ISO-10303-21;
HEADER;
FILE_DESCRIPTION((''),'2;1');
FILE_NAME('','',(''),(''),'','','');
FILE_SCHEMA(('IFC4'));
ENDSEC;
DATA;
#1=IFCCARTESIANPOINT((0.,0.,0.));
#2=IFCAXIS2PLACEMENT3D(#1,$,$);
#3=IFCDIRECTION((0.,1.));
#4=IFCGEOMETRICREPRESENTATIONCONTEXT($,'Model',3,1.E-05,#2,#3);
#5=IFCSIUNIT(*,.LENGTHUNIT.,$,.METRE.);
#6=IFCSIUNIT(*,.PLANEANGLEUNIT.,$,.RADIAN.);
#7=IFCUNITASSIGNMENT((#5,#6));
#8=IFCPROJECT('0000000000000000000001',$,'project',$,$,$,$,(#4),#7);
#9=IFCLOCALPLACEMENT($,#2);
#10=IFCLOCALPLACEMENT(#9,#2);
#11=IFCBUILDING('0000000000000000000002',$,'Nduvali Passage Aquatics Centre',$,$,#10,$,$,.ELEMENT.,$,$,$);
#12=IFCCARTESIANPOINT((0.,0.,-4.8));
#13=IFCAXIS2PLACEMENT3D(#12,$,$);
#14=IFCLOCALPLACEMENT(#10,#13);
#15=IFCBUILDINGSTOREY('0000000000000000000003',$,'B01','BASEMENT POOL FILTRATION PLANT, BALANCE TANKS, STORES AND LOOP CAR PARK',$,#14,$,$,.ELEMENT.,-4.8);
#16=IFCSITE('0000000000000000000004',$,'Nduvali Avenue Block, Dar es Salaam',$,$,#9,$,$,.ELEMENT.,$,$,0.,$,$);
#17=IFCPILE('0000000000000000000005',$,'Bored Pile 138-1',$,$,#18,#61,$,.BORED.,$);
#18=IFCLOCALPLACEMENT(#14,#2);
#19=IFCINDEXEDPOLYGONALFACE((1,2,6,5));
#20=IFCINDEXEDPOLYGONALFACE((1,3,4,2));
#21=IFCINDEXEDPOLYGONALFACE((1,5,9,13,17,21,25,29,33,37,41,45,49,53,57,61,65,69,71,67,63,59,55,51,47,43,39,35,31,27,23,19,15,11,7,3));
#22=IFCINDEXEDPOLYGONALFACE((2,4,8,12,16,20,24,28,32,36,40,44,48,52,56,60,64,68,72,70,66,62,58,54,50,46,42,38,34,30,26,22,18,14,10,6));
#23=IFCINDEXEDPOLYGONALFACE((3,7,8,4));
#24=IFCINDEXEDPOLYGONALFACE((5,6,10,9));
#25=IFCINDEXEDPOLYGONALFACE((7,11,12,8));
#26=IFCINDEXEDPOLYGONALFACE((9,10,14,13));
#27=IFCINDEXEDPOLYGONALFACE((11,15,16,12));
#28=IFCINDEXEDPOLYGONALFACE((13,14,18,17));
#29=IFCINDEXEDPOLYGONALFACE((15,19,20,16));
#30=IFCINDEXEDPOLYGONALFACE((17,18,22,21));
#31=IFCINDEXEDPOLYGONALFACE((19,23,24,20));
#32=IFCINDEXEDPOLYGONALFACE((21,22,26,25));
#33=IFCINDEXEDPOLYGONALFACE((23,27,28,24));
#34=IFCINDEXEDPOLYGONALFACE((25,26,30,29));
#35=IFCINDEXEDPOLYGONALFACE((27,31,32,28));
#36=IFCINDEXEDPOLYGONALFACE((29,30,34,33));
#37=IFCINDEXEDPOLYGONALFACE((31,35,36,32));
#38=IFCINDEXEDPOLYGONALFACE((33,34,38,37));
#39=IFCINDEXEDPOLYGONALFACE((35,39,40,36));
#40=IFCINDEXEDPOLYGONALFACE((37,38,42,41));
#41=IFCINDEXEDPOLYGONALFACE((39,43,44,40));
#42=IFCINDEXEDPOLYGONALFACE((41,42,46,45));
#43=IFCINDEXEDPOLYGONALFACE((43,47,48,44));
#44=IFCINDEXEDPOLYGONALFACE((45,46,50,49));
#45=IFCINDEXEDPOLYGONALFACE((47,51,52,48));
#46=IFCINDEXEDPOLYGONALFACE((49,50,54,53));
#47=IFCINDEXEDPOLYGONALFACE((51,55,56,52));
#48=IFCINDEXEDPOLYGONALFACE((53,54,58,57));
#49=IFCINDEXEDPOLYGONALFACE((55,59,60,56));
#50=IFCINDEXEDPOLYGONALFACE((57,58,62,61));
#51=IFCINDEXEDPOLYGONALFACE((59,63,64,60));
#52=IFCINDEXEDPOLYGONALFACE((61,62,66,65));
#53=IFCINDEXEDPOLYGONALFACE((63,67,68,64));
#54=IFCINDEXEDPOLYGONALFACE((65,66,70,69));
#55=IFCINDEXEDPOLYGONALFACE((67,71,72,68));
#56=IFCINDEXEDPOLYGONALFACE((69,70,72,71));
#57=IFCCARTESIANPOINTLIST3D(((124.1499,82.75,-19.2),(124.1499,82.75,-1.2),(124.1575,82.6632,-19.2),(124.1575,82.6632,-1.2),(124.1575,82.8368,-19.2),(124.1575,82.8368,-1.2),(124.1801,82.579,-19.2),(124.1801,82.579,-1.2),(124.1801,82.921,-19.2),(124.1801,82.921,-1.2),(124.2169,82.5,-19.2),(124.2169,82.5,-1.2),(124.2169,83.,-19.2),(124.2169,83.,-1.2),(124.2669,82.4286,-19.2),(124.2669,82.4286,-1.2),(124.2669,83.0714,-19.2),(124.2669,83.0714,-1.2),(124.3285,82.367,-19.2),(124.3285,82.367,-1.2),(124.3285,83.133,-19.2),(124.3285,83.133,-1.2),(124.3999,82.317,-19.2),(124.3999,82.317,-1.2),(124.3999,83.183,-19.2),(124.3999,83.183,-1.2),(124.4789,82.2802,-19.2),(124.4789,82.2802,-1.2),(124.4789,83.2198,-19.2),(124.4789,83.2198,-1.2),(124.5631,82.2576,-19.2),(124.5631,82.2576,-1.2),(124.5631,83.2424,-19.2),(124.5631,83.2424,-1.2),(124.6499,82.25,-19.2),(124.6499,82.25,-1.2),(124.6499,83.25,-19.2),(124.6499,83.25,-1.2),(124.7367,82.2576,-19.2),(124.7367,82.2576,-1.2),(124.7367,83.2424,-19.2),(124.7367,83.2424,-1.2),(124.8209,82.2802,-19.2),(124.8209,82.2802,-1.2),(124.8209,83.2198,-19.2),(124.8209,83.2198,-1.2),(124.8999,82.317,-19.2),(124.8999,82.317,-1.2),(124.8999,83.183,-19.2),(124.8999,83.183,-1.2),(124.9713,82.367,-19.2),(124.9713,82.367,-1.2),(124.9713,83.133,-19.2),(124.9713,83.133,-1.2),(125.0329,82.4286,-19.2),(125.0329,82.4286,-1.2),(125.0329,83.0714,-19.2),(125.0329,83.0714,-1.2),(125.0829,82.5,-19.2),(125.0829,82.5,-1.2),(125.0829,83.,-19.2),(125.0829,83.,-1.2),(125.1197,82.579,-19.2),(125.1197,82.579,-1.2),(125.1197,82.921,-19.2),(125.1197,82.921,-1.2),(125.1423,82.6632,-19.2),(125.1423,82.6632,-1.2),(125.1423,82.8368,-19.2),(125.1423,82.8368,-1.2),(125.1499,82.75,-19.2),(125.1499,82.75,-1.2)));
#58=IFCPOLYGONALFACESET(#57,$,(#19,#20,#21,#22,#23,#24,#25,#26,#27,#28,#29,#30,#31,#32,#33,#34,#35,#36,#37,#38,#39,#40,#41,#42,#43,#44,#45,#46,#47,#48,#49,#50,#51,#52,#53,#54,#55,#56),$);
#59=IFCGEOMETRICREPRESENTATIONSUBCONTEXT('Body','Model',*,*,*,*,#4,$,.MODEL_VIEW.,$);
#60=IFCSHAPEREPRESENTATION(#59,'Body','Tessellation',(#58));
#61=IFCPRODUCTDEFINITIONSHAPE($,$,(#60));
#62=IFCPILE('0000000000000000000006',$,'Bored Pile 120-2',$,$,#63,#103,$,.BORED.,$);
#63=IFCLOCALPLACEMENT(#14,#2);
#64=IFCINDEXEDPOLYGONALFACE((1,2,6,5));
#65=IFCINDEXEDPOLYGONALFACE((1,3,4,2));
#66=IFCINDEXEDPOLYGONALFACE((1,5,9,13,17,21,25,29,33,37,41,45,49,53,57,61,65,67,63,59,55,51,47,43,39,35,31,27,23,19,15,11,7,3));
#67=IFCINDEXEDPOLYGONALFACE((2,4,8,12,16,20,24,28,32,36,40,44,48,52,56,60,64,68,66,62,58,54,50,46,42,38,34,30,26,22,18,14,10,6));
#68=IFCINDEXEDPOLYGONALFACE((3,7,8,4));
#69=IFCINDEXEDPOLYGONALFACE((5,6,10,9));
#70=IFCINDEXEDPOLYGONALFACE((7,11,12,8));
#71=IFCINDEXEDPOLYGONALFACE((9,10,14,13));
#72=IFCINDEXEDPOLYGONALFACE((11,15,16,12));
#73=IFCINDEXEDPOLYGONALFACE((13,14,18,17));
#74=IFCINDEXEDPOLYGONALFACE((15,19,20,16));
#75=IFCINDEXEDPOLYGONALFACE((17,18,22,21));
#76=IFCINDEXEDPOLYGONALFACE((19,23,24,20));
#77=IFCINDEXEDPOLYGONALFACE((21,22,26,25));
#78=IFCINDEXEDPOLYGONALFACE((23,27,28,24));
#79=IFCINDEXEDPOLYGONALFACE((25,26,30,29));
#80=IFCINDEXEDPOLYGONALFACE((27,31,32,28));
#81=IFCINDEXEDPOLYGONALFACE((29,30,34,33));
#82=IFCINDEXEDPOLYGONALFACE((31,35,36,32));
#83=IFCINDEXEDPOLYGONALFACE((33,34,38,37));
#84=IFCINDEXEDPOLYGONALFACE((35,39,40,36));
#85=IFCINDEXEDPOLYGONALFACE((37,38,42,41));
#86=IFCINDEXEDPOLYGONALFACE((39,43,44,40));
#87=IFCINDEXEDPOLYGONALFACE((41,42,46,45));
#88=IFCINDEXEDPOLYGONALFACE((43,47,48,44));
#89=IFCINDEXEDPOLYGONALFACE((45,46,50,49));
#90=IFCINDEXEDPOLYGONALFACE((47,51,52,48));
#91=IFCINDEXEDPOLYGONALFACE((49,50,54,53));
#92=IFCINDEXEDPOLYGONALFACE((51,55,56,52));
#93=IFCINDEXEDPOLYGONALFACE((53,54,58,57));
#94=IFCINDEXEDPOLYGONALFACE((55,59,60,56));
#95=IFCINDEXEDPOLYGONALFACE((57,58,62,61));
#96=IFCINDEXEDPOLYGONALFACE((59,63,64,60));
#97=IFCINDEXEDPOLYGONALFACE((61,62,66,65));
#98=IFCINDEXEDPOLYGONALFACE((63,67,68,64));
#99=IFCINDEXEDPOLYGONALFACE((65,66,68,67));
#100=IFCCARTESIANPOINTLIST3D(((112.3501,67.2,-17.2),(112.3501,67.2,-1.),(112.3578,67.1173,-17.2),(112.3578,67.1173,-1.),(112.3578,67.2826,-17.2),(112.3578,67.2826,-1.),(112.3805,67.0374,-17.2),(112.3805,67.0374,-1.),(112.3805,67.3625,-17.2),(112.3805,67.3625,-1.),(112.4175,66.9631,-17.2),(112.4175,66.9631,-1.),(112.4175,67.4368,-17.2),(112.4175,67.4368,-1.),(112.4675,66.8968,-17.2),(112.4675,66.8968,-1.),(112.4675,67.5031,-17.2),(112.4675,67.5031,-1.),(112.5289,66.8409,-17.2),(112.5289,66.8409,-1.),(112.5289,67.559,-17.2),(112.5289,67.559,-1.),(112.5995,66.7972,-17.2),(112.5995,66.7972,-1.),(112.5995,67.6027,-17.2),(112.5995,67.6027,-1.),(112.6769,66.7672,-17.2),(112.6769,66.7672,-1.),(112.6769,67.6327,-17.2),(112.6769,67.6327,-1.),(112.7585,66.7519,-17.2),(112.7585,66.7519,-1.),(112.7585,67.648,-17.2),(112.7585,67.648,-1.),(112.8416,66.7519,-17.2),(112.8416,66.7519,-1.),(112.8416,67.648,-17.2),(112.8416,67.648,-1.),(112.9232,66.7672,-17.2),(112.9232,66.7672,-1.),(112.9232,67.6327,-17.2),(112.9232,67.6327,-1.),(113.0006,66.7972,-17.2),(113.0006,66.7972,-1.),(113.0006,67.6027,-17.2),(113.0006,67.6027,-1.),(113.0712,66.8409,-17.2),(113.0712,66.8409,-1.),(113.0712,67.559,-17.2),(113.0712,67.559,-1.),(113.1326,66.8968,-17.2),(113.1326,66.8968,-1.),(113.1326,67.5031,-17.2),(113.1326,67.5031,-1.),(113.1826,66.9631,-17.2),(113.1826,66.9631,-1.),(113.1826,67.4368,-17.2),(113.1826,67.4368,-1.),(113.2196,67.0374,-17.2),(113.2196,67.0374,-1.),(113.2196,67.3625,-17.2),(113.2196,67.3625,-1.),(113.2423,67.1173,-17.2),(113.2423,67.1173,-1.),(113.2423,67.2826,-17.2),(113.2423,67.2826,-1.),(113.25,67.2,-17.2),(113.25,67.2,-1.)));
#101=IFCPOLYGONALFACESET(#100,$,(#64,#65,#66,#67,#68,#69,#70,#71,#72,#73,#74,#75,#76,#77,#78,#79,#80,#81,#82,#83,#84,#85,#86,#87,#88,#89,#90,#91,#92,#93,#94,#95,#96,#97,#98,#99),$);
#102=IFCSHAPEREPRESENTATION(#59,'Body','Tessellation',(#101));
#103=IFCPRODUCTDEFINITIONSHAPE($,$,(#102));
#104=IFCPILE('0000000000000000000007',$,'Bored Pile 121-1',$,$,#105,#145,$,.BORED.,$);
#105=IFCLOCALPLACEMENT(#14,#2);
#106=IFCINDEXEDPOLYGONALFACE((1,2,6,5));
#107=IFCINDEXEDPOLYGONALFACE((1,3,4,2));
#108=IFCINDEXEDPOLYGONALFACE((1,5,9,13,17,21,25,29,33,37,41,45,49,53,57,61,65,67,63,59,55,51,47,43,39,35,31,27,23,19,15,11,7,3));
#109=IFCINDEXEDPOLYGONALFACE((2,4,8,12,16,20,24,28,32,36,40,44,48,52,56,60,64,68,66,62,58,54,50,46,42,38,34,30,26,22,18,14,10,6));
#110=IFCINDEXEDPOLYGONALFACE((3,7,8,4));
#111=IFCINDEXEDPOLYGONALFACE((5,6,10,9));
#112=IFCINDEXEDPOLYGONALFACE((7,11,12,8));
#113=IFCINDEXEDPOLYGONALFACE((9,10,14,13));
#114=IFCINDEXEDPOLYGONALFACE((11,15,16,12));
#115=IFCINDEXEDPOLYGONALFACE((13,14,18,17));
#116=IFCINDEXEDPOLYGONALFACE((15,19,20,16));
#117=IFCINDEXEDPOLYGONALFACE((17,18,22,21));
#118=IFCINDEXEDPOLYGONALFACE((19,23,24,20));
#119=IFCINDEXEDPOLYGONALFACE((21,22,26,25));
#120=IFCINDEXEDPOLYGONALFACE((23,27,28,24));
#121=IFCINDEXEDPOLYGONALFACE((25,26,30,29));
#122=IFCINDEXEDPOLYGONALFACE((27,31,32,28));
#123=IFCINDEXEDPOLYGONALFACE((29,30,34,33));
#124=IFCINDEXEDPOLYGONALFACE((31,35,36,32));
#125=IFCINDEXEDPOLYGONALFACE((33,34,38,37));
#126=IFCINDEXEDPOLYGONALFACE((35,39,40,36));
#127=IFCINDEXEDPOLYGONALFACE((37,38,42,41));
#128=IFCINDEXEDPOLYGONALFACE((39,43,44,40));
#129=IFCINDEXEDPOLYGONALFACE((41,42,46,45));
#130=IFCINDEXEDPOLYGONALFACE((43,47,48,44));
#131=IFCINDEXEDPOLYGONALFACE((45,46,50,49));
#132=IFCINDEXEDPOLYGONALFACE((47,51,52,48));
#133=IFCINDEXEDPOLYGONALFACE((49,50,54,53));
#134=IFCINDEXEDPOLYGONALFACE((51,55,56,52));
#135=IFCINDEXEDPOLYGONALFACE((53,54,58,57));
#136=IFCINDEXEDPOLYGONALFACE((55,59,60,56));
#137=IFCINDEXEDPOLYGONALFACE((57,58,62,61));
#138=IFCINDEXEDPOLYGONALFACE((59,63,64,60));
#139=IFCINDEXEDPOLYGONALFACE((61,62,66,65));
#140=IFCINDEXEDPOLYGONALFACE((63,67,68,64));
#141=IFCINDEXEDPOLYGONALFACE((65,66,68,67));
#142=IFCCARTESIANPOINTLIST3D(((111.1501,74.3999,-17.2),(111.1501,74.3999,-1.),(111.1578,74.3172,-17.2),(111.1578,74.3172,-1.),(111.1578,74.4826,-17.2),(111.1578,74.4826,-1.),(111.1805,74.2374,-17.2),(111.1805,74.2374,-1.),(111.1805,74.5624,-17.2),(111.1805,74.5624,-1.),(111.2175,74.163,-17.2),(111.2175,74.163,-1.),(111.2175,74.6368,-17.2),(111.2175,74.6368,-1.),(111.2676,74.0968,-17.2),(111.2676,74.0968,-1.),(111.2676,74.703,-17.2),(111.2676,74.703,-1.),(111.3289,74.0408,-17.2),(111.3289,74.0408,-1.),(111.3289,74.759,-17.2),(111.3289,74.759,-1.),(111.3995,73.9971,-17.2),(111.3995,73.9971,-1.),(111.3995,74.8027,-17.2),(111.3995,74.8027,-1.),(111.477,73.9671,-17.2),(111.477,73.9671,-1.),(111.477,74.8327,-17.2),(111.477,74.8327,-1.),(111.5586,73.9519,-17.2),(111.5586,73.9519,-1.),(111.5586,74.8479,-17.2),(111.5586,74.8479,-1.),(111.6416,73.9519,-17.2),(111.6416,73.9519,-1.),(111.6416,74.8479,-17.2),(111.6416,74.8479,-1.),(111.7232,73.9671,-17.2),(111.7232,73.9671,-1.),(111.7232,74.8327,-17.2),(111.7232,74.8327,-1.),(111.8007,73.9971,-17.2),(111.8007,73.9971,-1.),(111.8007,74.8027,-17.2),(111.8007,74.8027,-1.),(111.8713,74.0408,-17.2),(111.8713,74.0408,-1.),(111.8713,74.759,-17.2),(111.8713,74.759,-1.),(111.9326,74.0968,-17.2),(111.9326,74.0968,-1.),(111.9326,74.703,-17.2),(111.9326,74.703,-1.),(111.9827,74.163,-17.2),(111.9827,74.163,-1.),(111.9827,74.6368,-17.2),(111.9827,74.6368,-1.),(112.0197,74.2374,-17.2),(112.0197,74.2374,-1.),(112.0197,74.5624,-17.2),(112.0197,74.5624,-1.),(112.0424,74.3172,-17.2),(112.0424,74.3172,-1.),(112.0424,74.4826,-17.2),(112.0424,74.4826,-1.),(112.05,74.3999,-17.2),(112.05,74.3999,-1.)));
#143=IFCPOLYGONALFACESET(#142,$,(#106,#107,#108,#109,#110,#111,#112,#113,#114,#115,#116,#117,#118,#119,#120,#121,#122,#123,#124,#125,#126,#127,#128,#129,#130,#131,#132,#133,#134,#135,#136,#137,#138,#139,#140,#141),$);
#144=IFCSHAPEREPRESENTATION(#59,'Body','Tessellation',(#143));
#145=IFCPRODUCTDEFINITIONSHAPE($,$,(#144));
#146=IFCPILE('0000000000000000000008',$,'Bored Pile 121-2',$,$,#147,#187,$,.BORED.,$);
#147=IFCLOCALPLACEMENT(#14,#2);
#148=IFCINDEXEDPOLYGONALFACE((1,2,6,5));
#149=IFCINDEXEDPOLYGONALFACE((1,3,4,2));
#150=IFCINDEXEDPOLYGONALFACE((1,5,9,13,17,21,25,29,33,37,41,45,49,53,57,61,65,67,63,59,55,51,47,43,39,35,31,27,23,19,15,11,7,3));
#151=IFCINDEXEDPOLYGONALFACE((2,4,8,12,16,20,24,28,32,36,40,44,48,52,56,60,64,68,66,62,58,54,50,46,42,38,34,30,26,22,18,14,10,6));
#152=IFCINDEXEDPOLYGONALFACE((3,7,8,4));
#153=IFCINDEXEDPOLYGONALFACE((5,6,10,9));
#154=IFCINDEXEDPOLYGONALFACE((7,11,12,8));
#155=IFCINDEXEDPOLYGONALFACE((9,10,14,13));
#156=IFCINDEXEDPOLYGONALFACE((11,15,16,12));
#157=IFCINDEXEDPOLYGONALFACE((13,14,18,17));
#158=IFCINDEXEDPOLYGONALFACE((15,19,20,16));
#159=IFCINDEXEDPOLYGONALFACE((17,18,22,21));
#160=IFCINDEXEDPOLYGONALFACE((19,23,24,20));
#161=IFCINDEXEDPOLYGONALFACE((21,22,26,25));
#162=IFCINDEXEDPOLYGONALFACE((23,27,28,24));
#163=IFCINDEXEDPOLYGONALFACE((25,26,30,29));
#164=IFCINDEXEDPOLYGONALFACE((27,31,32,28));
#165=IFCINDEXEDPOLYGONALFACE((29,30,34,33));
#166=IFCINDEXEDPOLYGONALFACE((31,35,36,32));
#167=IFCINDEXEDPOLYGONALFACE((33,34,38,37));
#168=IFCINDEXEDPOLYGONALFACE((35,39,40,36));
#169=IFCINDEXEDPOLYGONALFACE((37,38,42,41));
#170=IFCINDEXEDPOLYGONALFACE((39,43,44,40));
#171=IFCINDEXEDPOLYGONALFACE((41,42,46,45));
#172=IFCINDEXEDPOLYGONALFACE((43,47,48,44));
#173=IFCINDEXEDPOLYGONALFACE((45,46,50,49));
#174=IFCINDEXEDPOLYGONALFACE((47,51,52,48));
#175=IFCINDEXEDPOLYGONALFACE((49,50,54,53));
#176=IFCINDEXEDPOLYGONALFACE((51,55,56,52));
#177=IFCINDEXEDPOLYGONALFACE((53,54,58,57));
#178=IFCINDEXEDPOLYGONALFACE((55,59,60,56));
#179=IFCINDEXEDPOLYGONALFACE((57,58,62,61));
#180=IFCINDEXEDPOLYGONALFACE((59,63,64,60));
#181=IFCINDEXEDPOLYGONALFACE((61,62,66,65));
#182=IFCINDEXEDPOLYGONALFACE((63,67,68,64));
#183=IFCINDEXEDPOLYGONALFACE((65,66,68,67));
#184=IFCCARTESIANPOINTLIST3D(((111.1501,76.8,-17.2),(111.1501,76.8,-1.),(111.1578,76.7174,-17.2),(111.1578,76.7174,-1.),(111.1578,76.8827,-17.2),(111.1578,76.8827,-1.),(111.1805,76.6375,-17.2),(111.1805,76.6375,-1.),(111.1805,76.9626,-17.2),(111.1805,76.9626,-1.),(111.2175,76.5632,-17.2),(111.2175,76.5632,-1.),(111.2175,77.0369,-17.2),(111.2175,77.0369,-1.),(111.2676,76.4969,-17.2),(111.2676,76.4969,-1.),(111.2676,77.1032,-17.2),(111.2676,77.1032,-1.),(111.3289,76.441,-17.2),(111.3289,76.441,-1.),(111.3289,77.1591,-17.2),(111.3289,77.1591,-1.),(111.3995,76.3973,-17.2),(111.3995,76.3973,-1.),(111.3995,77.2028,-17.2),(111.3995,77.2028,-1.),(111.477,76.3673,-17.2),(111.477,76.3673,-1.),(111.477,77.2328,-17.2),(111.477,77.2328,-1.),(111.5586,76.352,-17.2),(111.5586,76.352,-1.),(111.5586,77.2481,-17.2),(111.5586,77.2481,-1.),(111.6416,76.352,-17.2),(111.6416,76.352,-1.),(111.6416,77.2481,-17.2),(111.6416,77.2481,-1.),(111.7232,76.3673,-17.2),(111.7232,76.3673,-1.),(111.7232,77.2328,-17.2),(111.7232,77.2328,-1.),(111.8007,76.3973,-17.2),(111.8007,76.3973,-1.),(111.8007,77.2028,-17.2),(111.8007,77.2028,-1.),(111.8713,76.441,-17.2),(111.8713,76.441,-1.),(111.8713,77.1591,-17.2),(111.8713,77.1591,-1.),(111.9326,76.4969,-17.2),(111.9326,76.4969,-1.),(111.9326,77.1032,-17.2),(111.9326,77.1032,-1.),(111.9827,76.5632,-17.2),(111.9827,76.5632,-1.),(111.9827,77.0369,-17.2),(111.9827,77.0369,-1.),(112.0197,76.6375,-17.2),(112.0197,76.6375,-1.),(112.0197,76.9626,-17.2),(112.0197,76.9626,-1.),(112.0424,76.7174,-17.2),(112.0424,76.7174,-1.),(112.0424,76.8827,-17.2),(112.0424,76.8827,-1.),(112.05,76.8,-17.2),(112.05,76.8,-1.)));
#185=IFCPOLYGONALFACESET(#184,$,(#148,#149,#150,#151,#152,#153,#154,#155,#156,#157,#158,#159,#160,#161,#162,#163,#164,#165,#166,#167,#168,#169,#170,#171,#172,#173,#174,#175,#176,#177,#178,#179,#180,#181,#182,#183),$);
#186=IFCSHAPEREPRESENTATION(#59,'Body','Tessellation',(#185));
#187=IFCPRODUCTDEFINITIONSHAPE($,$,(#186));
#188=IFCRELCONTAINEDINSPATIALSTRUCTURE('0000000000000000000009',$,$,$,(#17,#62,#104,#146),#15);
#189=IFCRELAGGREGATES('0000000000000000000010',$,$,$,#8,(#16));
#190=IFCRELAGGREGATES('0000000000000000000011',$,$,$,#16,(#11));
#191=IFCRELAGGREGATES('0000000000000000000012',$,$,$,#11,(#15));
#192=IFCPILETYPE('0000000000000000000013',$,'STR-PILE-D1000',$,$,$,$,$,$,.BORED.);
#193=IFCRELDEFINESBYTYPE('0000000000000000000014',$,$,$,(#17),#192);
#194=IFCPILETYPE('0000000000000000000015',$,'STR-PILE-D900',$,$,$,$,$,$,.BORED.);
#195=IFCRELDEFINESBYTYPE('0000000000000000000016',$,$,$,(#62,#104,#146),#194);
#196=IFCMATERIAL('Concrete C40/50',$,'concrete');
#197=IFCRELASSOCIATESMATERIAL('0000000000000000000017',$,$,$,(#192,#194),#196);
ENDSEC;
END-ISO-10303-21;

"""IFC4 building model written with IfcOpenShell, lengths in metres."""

from ifc_helpers import new_model, si_unit, direction, frame, origin, origin_2d, place, context, subcontext, project, spatial, circle, extrude, material, material_profile, profile_set, type_object, element, save


model = new_model("IFC4")

# Units and contexts
model_context = context("Model", 3, precision=1e-05, world=origin(), true_north=direction((0.0, 1.0)))
body_context = subcontext(model_context, "Body", "Model", "MODEL_VIEW")
ifc_project = project(units=[si_unit("LENGTHUNIT", "METRE"), si_unit("PLANEANGLEUNIT", "RADIAN")], contexts=[model_context])

# Site, building, storey
site_placement = place(None, origin())
site = spatial("IfcSite", under=ifc_project, at=site_placement, Name="Nduvali Avenue Block, Dar es Salaam", CompositionType="ELEMENT", RefElevation=0.0)
building_placement = place(site_placement, origin())
building = spatial("IfcBuilding", under=site, at=building_placement, Name="Nduvali Passage Aquatics Centre", CompositionType="ELEMENT")
storey_placement = place(building_placement, frame((0.0, 0.0, -4.8)))
storey = spatial("IfcBuildingStorey", under=building, at=storey_placement, Name="B01", Description="BASEMENT POOL FILTRATION PLANT, BALANCE TANKS, STORES AND LOOP CAR PARK", CompositionType="ELEMENT", Elevation=-4.8)

# Shared definitions
ifc_material_1 = material(Name="Concrete C40/50", Category="concrete")

# Piles
ifc_material_profile_1 = material_profile(ifc_material_1, circle(Radius=0.5, at=origin_2d()), Name="PILE D1000")
ifc_profile_set_1 = profile_set([ifc_material_profile_1], Name="Concrete C40/50")
pile_type_1 = type_object("IfcPileType", Name="STR-PILE-D1000", PredefinedType="BORED", material=ifc_profile_set_1)
pile_1_placement = place(storey_placement, frame((124.6499, 82.75, -1.2), z_axis=(0.0, 0.0, -1.0), x_axis=(1.0, 0.0, 0.0)))
element("IfcPile", 1, at=pile_1_placement, inside=storey, type_object=pile_type_1, Name="Bored Pile 138-1", PredefinedType="BORED", context=body_context, shape_type="SweptSolid", body=[
    extrude(circle(Radius=0.5, at=origin_2d()), origin(), (0.0, 0.0, 1.0), 18.0),
])
ifc_material_profile_2 = material_profile(ifc_material_1, circle(Radius=0.45, at=origin_2d()), Name="PILE D900")
ifc_profile_set_2 = profile_set([ifc_material_profile_2], Name="Concrete C40/50")
pile_type_2 = type_object("IfcPileType", Name="STR-PILE-D900", PredefinedType="BORED", material=ifc_profile_set_2)
for number, where, z_axis, x_axis, name in (
    (2, (112.8, 67.2, -1.0), (0.0, 0.0, -1.0), (1.0, 0.0, 0.0), "Bored Pile 120-2"),
    (3, (111.6001, 74.3999, -1.0), (0.0, 0.0, -1.0), (1.0, 0.0, 0.0), "Bored Pile 121-1"),
    (4, (111.6001, 76.8, -1.0), (0.0, 0.0, -1.0), (1.0, 0.0, 0.0), "Bored Pile 121-2"),
):
    element("IfcPile", number, at=place(storey_placement, frame(where, z_axis=z_axis, x_axis=x_axis)), inside=storey, type_object=pile_type_2, Name=name, PredefinedType="BORED", context=body_context, shape_type="SweptSolid", body=[
        extrude(circle(Radius=0.45, at=origin_2d()), origin(), (0.0, 0.0, 1.0), 16.2),
    ])

save(model, "model.ifc")
